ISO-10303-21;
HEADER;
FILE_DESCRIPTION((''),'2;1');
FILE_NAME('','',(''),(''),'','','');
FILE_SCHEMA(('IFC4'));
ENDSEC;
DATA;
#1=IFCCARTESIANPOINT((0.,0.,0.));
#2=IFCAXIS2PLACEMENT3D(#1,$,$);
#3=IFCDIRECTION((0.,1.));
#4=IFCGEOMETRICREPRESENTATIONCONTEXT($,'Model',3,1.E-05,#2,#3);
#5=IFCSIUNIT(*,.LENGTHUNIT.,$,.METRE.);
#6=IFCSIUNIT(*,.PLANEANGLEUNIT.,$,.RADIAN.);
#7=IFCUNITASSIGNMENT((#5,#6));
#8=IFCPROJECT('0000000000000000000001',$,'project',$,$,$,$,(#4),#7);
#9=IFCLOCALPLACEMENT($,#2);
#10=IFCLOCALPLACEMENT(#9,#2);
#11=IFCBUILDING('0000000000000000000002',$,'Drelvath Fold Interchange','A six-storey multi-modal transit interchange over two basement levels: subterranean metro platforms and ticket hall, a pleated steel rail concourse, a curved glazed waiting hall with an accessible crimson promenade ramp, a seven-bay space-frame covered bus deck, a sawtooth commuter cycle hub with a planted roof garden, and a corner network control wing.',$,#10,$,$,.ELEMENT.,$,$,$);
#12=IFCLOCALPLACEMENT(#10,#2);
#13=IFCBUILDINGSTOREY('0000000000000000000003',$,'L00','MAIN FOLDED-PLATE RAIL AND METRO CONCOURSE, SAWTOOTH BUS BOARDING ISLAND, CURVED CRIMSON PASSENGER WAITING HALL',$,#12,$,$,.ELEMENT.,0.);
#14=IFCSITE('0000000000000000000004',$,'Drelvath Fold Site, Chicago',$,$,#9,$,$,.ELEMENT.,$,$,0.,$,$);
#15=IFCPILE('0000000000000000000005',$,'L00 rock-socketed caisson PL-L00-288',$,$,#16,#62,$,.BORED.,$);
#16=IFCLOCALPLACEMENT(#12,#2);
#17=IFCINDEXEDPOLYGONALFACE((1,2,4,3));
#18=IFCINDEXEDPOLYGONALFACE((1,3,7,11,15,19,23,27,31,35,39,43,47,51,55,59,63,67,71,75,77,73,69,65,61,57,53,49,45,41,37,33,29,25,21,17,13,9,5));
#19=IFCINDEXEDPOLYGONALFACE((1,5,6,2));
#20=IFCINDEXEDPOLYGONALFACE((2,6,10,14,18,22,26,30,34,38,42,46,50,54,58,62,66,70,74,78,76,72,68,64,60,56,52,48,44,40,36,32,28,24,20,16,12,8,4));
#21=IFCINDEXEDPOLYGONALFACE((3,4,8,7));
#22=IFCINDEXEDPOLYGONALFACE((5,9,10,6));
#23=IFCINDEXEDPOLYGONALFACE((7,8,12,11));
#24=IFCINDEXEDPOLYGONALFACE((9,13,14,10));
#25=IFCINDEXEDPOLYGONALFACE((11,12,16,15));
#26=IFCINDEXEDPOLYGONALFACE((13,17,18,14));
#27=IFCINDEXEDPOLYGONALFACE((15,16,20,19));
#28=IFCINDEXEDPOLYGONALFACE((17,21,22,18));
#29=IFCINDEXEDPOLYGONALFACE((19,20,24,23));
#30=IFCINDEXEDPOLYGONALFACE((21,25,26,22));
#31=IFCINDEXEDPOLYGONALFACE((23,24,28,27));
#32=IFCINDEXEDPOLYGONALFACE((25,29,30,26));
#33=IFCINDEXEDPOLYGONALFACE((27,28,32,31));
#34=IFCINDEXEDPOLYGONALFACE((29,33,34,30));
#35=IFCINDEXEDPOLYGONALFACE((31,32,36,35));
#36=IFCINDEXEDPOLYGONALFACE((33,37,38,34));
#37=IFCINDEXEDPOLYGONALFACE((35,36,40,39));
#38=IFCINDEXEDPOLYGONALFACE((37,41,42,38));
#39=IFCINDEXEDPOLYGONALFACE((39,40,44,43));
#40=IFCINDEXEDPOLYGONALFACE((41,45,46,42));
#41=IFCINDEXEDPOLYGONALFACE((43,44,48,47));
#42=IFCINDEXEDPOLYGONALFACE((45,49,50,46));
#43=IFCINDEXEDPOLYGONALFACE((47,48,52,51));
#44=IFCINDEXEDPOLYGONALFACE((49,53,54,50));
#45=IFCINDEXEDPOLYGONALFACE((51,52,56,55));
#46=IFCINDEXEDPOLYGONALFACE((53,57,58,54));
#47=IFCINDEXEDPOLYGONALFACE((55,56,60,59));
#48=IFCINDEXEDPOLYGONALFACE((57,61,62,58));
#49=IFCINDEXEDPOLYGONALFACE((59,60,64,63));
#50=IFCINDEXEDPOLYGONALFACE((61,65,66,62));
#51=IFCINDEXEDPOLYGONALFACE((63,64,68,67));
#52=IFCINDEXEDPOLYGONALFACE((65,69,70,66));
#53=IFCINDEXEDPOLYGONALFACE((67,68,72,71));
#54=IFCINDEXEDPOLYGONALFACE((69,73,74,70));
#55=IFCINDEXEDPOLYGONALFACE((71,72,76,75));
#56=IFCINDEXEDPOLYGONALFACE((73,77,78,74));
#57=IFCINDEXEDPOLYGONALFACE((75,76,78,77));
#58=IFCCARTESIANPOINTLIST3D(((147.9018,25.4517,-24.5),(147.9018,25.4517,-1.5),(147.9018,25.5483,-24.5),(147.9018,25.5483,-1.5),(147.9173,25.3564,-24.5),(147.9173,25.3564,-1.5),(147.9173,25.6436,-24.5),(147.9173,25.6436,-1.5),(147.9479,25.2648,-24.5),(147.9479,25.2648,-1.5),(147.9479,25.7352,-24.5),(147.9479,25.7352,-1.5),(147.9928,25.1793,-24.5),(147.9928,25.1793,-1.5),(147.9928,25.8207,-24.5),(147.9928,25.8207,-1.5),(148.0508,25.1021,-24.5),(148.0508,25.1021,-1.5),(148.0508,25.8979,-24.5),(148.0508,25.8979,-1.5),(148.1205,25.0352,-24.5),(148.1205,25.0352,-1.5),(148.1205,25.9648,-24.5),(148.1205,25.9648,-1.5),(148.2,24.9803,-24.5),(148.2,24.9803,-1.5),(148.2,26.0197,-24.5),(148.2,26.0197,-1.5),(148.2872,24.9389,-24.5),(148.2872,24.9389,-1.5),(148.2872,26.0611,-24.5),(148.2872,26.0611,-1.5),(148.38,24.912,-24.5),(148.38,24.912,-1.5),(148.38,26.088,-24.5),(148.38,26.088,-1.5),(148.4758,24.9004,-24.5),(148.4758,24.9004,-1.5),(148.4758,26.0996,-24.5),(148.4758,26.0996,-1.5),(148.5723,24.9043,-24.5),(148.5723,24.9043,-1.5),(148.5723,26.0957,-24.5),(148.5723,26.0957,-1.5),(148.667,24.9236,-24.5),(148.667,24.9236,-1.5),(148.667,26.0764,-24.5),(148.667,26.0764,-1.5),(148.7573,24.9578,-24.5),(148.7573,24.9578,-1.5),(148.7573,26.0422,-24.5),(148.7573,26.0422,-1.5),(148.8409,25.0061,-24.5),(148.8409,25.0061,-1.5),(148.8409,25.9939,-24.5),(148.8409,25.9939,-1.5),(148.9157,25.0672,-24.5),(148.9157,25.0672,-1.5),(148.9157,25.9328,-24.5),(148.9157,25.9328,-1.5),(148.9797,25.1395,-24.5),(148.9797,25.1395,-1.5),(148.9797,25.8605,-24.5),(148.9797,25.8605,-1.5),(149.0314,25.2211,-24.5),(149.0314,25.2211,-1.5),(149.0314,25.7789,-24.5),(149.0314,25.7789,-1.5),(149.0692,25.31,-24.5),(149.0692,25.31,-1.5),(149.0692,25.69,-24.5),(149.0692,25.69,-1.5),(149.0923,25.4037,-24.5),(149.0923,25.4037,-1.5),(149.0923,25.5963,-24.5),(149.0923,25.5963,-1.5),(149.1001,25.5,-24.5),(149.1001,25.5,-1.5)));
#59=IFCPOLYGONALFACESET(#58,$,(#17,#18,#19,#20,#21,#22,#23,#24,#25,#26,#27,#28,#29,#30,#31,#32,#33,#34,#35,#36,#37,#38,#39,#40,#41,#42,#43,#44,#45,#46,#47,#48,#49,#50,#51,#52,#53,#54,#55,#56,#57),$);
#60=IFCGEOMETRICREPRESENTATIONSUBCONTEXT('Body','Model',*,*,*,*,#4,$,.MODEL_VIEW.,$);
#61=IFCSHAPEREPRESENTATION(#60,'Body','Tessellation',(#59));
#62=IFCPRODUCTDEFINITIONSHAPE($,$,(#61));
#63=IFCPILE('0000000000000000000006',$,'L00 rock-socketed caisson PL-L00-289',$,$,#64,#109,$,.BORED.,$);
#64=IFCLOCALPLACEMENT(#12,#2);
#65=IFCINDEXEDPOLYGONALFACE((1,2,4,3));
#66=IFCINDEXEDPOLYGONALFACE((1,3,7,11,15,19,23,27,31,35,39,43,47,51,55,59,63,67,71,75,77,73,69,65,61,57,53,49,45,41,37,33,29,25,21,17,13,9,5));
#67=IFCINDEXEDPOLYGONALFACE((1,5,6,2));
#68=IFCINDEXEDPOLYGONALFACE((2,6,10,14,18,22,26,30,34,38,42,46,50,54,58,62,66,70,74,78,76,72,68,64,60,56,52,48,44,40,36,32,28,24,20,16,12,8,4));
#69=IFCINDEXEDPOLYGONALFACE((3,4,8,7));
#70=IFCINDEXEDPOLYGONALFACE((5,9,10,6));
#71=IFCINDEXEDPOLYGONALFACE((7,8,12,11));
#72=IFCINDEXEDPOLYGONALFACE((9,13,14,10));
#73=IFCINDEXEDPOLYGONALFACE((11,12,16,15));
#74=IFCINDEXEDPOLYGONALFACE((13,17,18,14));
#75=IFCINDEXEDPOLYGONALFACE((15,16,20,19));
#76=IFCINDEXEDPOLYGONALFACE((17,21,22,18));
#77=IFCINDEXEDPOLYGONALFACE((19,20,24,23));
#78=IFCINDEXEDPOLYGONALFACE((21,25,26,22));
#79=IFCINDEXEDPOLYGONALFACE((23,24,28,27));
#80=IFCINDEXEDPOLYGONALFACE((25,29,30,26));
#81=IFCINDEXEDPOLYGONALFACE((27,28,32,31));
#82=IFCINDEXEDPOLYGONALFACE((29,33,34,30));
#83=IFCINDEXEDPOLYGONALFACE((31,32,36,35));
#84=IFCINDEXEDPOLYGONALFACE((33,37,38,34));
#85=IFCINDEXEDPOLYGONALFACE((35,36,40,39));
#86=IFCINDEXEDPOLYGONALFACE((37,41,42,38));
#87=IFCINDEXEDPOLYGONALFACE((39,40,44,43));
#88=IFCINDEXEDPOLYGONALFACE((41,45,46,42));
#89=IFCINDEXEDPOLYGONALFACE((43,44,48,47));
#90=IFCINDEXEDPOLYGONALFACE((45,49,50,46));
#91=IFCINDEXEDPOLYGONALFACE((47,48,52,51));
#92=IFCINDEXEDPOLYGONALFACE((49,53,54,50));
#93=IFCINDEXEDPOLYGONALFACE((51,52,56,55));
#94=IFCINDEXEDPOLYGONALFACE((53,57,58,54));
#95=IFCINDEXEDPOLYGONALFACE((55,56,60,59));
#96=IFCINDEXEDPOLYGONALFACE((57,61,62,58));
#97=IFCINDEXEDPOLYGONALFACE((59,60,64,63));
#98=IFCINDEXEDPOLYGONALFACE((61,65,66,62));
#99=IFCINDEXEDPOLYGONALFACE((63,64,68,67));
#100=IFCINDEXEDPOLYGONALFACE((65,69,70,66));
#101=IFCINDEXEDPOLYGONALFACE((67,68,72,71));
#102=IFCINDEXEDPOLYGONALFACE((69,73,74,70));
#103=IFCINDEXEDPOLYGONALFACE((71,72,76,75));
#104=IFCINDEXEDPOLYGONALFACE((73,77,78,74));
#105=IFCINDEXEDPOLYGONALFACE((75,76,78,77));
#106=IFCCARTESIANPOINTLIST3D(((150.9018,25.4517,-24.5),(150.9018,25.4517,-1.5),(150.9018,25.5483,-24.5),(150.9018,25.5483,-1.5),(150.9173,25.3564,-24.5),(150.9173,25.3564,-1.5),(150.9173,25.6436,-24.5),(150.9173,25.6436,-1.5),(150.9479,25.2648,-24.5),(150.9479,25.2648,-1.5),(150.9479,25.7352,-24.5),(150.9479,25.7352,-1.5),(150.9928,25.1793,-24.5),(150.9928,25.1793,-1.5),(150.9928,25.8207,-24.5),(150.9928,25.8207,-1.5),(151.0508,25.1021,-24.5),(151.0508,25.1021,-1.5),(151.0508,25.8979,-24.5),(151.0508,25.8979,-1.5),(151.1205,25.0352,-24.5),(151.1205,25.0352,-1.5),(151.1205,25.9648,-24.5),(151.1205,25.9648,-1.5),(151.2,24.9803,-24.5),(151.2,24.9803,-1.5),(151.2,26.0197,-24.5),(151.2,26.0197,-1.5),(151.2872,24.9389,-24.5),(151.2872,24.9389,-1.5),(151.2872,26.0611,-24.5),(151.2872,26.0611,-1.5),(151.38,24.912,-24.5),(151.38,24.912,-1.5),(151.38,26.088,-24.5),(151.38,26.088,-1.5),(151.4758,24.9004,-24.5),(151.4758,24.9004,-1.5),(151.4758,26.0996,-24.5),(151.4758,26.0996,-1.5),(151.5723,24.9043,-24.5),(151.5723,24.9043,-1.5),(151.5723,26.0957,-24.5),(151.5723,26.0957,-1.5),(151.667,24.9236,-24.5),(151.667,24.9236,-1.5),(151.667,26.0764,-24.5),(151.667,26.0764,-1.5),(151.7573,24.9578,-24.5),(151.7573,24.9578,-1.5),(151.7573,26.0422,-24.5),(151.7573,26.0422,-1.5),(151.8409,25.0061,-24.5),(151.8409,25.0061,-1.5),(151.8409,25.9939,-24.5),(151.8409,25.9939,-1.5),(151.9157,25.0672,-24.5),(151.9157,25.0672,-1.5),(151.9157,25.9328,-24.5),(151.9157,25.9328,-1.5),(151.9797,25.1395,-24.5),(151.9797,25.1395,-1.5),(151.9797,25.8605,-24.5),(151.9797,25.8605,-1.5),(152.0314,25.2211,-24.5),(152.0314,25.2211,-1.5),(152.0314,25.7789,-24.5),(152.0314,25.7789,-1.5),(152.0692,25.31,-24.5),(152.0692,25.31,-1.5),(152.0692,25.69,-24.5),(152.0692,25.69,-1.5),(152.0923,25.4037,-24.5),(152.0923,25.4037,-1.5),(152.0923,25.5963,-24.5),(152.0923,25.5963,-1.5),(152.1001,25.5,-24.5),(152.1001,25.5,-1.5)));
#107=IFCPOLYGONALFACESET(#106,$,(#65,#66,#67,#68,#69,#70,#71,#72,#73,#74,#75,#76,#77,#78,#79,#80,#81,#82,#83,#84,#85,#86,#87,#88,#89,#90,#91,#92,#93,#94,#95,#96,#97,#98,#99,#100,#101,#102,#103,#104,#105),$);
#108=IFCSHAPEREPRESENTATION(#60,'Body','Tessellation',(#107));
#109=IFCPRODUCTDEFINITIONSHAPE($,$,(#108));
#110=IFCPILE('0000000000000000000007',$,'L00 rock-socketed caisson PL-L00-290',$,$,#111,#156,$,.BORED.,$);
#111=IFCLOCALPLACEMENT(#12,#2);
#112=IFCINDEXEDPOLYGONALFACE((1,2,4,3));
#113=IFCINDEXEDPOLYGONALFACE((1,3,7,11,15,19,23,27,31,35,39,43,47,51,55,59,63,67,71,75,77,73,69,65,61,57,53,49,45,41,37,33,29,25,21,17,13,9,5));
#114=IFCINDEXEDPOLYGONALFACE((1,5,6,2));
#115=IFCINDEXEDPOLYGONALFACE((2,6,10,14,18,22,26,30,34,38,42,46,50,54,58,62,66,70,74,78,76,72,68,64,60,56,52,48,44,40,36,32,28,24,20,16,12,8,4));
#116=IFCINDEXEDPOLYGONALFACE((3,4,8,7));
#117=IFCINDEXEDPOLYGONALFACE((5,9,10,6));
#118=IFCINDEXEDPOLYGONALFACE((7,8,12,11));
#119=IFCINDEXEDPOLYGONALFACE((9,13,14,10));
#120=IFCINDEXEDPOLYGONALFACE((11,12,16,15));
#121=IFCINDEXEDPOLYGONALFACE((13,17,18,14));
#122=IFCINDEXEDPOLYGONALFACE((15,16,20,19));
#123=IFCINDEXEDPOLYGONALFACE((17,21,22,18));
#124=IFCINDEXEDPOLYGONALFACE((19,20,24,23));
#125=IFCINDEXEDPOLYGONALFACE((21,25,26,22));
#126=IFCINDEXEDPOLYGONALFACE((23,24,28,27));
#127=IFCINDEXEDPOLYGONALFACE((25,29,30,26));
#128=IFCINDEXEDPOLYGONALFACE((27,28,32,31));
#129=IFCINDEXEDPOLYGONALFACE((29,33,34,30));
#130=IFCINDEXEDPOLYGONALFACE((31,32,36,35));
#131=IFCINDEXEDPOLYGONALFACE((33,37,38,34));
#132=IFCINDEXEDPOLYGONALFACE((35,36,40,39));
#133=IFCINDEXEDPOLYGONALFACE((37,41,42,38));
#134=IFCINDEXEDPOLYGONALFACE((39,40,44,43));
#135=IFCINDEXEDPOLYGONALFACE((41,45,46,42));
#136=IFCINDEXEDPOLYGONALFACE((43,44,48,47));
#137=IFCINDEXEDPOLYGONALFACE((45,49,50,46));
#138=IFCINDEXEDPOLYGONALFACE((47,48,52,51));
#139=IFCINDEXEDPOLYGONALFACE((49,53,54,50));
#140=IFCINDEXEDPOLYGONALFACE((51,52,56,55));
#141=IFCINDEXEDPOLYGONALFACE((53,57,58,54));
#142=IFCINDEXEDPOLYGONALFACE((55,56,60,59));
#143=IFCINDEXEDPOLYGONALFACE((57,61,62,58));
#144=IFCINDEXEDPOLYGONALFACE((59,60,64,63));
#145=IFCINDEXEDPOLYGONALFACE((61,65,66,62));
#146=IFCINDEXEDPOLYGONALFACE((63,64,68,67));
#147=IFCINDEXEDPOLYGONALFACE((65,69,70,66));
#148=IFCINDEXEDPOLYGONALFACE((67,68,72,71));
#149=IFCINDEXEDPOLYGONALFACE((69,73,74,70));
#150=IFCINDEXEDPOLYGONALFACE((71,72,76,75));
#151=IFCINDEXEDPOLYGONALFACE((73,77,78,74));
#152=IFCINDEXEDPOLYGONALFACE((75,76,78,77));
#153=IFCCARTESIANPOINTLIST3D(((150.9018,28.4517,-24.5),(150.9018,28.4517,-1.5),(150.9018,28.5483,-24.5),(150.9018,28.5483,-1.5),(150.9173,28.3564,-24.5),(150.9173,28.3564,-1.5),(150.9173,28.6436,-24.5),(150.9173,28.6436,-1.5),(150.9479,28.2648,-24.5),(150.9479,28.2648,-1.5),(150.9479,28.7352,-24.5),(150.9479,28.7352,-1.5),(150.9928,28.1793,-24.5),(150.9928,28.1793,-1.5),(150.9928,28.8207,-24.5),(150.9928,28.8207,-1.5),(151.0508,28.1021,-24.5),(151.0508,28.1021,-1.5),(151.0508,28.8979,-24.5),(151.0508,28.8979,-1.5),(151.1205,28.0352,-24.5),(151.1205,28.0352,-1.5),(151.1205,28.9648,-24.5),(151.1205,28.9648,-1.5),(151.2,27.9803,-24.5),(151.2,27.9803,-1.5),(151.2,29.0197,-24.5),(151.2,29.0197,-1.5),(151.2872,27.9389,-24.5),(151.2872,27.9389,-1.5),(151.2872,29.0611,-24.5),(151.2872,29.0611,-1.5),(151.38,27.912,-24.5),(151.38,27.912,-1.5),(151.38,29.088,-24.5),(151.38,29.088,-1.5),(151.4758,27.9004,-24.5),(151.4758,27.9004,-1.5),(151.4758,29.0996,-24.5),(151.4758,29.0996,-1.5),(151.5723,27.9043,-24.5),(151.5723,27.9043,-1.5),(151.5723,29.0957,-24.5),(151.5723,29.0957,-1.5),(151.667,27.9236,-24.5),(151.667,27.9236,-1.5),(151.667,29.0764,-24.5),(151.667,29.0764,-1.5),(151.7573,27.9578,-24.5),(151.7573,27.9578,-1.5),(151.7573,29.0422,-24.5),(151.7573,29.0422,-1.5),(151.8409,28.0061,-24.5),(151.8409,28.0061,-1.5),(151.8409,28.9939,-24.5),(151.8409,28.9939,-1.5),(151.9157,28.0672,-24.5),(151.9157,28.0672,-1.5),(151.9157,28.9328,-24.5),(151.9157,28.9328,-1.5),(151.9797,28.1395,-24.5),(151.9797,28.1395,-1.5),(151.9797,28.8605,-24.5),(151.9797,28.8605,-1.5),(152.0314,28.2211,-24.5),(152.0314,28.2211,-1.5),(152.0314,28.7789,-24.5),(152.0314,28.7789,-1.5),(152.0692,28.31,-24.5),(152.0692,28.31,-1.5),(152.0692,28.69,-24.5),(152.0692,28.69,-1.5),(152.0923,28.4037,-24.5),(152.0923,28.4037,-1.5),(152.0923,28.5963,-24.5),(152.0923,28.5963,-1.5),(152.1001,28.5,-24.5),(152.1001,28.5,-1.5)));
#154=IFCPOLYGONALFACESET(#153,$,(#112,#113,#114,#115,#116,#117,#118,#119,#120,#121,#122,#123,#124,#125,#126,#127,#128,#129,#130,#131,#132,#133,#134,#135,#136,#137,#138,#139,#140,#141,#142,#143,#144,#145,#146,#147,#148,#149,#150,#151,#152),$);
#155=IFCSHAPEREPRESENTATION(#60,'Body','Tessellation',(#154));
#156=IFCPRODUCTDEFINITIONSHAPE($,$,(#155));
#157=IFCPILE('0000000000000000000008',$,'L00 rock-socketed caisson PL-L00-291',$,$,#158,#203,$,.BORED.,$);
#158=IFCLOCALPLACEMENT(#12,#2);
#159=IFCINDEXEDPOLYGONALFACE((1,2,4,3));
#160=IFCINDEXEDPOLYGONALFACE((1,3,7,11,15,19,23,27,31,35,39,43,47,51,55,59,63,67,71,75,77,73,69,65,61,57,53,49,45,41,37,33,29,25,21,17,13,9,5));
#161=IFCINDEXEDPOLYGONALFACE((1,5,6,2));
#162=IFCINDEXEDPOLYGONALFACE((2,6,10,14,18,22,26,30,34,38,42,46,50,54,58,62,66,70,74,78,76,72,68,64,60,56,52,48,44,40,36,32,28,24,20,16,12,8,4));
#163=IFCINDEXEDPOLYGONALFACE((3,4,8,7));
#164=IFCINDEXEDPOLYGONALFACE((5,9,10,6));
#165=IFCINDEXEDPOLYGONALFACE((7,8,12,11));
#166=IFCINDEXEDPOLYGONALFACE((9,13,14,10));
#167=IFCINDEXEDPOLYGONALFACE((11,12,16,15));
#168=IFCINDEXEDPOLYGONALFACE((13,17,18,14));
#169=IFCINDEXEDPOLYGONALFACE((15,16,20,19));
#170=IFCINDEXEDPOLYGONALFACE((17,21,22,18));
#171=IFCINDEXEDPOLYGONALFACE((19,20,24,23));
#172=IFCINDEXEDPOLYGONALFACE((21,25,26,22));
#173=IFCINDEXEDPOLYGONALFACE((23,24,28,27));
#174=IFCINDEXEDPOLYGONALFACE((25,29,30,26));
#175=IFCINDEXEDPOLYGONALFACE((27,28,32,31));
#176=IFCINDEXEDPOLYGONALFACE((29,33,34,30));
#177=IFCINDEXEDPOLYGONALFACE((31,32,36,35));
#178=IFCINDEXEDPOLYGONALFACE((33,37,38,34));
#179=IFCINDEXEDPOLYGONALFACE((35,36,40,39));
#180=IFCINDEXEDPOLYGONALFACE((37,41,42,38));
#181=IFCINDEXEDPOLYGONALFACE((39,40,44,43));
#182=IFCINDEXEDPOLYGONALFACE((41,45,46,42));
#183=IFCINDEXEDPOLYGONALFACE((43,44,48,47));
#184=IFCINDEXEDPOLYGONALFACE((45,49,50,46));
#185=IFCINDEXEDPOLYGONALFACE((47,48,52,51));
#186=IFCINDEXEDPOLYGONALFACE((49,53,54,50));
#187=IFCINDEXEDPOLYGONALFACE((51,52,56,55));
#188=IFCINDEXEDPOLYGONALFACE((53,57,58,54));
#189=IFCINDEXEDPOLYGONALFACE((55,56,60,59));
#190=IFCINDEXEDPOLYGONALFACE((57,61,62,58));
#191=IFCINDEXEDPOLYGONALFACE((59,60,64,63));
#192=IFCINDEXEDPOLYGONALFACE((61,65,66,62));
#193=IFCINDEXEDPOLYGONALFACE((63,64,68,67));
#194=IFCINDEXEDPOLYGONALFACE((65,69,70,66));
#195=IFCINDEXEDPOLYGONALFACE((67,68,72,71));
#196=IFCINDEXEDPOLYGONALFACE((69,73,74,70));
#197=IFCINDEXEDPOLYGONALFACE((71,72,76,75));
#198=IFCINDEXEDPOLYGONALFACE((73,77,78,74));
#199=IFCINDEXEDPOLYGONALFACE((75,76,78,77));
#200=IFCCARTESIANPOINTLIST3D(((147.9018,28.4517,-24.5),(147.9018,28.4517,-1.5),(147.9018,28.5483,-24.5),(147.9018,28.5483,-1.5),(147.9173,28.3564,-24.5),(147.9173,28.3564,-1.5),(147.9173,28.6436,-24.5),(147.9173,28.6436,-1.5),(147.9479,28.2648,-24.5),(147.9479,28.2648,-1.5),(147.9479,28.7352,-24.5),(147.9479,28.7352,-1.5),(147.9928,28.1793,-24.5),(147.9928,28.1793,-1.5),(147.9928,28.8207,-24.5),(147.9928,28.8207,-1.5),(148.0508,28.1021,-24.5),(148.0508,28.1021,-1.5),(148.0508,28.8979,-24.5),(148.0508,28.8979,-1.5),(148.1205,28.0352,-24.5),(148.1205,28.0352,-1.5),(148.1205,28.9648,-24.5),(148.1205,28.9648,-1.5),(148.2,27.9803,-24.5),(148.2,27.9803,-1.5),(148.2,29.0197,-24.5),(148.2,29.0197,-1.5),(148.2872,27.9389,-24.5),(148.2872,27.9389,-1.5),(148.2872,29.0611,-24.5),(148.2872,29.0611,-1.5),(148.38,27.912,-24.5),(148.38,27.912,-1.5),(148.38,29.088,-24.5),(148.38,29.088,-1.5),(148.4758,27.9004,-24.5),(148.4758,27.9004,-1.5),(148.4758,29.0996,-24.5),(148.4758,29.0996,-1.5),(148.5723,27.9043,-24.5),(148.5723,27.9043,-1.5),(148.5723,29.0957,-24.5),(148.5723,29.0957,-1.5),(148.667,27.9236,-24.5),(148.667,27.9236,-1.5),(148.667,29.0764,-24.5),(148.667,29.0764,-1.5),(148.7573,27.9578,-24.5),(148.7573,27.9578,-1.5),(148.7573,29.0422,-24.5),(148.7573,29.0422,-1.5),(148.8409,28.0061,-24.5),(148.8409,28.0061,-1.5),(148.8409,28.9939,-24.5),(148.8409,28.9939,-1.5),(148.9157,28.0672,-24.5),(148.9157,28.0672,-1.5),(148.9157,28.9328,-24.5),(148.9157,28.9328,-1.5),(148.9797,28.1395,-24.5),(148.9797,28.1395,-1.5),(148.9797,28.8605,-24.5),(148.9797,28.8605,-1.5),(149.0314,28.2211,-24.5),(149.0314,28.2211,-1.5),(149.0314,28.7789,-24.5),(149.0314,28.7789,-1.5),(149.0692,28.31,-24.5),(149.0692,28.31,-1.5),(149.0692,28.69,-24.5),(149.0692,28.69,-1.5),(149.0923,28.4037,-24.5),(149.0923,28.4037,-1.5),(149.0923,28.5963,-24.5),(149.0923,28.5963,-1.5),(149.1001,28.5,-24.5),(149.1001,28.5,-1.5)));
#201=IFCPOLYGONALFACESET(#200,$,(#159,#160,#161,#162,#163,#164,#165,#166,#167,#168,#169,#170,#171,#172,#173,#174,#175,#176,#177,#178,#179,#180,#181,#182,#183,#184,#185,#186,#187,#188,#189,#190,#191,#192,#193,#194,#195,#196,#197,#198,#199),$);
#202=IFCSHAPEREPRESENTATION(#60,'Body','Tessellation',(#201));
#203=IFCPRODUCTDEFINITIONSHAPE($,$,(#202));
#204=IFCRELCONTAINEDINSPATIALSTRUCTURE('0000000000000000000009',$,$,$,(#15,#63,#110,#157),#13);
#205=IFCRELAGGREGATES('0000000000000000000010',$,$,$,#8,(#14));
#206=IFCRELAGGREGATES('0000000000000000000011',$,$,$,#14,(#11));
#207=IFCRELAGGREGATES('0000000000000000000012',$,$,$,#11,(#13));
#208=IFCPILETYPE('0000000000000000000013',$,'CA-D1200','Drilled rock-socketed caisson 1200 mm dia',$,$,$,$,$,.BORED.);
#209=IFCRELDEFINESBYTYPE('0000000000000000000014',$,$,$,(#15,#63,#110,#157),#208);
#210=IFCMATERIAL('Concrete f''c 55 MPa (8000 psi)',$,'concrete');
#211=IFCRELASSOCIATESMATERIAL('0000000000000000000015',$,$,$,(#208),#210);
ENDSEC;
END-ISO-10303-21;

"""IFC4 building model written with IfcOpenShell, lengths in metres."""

from ifc_helpers import new_model, si_unit, direction, frame, origin, origin_2d, place, context, subcontext, project, spatial, circle, extrude, material, material_profile, profile_set, type_object, element, save


model = new_model("IFC4")

# Units and contexts
model_context = context("Model", 3, precision=1e-05, world=origin(), true_north=direction((0.0, 1.0)))
body_context = subcontext(model_context, "Body", "Model", "MODEL_VIEW")
ifc_project = project(units=[si_unit("LENGTHUNIT", "METRE"), si_unit("PLANEANGLEUNIT", "RADIAN")], contexts=[model_context])

# Site, building, storey
site_placement = place(None, origin())
site = spatial("IfcSite", under=ifc_project, at=site_placement, Name="Drelvath Fold Site, Chicago", CompositionType="ELEMENT", RefElevation=0.0)
building_placement = place(site_placement, origin())
building = spatial("IfcBuilding", under=site, at=building_placement, Name="Drelvath Fold Interchange", Description="A six-storey multi-modal transit interchange over two basement levels: subterranean metro platforms and ticket hall, a pleated steel rail concourse, a curved glazed waiting hall with an accessible crimson promenade ramp, a seven-bay space-frame covered bus deck, a sawtooth commuter cycle hub with a planted roof garden, and a corner network control wing.", CompositionType="ELEMENT")
storey_placement = place(building_placement, origin())
storey = spatial("IfcBuildingStorey", under=building, at=storey_placement, Name="L00", Description="MAIN FOLDED-PLATE RAIL AND METRO CONCOURSE, SAWTOOTH BUS BOARDING ISLAND, CURVED CRIMSON PASSENGER WAITING HALL", CompositionType="ELEMENT", Elevation=0.0)

# Piles
ifc_material_1 = material(Name="Concrete f'c 55 MPa (8000 psi)", Category="concrete")
ifc_material_profile_1 = material_profile(ifc_material_1, circle(Radius=0.6001, at=origin_2d()), Name="CAISSON D1200")
ifc_profile_set_1 = profile_set([ifc_material_profile_1], Name="Concrete f'c 55 MPa (8000 psi)")
pile_type_1 = type_object("IfcPileType", Name="CA-D1200", Description="Drilled rock-socketed caisson 1200 mm dia", PredefinedType="BORED", material=ifc_profile_set_1)
for number, where, z_axis, x_axis, name in (
    (1, (148.5, 25.5, -1.5), (0.0, 0.0, -1.0), (1.0, 0.0, 0.0), "L00 rock-socketed caisson PL-L00-288"),
    (2, (151.5, 25.5, -1.5), (0.0, 0.0, -1.0), (1.0, 0.0, 0.0), "L00 rock-socketed caisson PL-L00-289"),
    (3, (151.5, 28.5, -1.5), (0.0, 0.0, -1.0), (1.0, 0.0, 0.0), "L00 rock-socketed caisson PL-L00-290"),
    (4, (148.5, 28.5, -1.5), (0.0, 0.0, -1.0), (1.0, 0.0, 0.0), "L00 rock-socketed caisson PL-L00-291"),
):
    element("IfcPile", number, at=place(storey_placement, frame(where, z_axis=z_axis, x_axis=x_axis)), inside=storey, type_object=pile_type_1, Name=name, PredefinedType="BORED", context=body_context, shape_type="SweptSolid", body=[
        extrude(circle(Radius=0.6001, at=origin_2d()), origin(), (0.0, 0.0, 1.0), 23.0),
    ])

save(model, "model.ifc")
